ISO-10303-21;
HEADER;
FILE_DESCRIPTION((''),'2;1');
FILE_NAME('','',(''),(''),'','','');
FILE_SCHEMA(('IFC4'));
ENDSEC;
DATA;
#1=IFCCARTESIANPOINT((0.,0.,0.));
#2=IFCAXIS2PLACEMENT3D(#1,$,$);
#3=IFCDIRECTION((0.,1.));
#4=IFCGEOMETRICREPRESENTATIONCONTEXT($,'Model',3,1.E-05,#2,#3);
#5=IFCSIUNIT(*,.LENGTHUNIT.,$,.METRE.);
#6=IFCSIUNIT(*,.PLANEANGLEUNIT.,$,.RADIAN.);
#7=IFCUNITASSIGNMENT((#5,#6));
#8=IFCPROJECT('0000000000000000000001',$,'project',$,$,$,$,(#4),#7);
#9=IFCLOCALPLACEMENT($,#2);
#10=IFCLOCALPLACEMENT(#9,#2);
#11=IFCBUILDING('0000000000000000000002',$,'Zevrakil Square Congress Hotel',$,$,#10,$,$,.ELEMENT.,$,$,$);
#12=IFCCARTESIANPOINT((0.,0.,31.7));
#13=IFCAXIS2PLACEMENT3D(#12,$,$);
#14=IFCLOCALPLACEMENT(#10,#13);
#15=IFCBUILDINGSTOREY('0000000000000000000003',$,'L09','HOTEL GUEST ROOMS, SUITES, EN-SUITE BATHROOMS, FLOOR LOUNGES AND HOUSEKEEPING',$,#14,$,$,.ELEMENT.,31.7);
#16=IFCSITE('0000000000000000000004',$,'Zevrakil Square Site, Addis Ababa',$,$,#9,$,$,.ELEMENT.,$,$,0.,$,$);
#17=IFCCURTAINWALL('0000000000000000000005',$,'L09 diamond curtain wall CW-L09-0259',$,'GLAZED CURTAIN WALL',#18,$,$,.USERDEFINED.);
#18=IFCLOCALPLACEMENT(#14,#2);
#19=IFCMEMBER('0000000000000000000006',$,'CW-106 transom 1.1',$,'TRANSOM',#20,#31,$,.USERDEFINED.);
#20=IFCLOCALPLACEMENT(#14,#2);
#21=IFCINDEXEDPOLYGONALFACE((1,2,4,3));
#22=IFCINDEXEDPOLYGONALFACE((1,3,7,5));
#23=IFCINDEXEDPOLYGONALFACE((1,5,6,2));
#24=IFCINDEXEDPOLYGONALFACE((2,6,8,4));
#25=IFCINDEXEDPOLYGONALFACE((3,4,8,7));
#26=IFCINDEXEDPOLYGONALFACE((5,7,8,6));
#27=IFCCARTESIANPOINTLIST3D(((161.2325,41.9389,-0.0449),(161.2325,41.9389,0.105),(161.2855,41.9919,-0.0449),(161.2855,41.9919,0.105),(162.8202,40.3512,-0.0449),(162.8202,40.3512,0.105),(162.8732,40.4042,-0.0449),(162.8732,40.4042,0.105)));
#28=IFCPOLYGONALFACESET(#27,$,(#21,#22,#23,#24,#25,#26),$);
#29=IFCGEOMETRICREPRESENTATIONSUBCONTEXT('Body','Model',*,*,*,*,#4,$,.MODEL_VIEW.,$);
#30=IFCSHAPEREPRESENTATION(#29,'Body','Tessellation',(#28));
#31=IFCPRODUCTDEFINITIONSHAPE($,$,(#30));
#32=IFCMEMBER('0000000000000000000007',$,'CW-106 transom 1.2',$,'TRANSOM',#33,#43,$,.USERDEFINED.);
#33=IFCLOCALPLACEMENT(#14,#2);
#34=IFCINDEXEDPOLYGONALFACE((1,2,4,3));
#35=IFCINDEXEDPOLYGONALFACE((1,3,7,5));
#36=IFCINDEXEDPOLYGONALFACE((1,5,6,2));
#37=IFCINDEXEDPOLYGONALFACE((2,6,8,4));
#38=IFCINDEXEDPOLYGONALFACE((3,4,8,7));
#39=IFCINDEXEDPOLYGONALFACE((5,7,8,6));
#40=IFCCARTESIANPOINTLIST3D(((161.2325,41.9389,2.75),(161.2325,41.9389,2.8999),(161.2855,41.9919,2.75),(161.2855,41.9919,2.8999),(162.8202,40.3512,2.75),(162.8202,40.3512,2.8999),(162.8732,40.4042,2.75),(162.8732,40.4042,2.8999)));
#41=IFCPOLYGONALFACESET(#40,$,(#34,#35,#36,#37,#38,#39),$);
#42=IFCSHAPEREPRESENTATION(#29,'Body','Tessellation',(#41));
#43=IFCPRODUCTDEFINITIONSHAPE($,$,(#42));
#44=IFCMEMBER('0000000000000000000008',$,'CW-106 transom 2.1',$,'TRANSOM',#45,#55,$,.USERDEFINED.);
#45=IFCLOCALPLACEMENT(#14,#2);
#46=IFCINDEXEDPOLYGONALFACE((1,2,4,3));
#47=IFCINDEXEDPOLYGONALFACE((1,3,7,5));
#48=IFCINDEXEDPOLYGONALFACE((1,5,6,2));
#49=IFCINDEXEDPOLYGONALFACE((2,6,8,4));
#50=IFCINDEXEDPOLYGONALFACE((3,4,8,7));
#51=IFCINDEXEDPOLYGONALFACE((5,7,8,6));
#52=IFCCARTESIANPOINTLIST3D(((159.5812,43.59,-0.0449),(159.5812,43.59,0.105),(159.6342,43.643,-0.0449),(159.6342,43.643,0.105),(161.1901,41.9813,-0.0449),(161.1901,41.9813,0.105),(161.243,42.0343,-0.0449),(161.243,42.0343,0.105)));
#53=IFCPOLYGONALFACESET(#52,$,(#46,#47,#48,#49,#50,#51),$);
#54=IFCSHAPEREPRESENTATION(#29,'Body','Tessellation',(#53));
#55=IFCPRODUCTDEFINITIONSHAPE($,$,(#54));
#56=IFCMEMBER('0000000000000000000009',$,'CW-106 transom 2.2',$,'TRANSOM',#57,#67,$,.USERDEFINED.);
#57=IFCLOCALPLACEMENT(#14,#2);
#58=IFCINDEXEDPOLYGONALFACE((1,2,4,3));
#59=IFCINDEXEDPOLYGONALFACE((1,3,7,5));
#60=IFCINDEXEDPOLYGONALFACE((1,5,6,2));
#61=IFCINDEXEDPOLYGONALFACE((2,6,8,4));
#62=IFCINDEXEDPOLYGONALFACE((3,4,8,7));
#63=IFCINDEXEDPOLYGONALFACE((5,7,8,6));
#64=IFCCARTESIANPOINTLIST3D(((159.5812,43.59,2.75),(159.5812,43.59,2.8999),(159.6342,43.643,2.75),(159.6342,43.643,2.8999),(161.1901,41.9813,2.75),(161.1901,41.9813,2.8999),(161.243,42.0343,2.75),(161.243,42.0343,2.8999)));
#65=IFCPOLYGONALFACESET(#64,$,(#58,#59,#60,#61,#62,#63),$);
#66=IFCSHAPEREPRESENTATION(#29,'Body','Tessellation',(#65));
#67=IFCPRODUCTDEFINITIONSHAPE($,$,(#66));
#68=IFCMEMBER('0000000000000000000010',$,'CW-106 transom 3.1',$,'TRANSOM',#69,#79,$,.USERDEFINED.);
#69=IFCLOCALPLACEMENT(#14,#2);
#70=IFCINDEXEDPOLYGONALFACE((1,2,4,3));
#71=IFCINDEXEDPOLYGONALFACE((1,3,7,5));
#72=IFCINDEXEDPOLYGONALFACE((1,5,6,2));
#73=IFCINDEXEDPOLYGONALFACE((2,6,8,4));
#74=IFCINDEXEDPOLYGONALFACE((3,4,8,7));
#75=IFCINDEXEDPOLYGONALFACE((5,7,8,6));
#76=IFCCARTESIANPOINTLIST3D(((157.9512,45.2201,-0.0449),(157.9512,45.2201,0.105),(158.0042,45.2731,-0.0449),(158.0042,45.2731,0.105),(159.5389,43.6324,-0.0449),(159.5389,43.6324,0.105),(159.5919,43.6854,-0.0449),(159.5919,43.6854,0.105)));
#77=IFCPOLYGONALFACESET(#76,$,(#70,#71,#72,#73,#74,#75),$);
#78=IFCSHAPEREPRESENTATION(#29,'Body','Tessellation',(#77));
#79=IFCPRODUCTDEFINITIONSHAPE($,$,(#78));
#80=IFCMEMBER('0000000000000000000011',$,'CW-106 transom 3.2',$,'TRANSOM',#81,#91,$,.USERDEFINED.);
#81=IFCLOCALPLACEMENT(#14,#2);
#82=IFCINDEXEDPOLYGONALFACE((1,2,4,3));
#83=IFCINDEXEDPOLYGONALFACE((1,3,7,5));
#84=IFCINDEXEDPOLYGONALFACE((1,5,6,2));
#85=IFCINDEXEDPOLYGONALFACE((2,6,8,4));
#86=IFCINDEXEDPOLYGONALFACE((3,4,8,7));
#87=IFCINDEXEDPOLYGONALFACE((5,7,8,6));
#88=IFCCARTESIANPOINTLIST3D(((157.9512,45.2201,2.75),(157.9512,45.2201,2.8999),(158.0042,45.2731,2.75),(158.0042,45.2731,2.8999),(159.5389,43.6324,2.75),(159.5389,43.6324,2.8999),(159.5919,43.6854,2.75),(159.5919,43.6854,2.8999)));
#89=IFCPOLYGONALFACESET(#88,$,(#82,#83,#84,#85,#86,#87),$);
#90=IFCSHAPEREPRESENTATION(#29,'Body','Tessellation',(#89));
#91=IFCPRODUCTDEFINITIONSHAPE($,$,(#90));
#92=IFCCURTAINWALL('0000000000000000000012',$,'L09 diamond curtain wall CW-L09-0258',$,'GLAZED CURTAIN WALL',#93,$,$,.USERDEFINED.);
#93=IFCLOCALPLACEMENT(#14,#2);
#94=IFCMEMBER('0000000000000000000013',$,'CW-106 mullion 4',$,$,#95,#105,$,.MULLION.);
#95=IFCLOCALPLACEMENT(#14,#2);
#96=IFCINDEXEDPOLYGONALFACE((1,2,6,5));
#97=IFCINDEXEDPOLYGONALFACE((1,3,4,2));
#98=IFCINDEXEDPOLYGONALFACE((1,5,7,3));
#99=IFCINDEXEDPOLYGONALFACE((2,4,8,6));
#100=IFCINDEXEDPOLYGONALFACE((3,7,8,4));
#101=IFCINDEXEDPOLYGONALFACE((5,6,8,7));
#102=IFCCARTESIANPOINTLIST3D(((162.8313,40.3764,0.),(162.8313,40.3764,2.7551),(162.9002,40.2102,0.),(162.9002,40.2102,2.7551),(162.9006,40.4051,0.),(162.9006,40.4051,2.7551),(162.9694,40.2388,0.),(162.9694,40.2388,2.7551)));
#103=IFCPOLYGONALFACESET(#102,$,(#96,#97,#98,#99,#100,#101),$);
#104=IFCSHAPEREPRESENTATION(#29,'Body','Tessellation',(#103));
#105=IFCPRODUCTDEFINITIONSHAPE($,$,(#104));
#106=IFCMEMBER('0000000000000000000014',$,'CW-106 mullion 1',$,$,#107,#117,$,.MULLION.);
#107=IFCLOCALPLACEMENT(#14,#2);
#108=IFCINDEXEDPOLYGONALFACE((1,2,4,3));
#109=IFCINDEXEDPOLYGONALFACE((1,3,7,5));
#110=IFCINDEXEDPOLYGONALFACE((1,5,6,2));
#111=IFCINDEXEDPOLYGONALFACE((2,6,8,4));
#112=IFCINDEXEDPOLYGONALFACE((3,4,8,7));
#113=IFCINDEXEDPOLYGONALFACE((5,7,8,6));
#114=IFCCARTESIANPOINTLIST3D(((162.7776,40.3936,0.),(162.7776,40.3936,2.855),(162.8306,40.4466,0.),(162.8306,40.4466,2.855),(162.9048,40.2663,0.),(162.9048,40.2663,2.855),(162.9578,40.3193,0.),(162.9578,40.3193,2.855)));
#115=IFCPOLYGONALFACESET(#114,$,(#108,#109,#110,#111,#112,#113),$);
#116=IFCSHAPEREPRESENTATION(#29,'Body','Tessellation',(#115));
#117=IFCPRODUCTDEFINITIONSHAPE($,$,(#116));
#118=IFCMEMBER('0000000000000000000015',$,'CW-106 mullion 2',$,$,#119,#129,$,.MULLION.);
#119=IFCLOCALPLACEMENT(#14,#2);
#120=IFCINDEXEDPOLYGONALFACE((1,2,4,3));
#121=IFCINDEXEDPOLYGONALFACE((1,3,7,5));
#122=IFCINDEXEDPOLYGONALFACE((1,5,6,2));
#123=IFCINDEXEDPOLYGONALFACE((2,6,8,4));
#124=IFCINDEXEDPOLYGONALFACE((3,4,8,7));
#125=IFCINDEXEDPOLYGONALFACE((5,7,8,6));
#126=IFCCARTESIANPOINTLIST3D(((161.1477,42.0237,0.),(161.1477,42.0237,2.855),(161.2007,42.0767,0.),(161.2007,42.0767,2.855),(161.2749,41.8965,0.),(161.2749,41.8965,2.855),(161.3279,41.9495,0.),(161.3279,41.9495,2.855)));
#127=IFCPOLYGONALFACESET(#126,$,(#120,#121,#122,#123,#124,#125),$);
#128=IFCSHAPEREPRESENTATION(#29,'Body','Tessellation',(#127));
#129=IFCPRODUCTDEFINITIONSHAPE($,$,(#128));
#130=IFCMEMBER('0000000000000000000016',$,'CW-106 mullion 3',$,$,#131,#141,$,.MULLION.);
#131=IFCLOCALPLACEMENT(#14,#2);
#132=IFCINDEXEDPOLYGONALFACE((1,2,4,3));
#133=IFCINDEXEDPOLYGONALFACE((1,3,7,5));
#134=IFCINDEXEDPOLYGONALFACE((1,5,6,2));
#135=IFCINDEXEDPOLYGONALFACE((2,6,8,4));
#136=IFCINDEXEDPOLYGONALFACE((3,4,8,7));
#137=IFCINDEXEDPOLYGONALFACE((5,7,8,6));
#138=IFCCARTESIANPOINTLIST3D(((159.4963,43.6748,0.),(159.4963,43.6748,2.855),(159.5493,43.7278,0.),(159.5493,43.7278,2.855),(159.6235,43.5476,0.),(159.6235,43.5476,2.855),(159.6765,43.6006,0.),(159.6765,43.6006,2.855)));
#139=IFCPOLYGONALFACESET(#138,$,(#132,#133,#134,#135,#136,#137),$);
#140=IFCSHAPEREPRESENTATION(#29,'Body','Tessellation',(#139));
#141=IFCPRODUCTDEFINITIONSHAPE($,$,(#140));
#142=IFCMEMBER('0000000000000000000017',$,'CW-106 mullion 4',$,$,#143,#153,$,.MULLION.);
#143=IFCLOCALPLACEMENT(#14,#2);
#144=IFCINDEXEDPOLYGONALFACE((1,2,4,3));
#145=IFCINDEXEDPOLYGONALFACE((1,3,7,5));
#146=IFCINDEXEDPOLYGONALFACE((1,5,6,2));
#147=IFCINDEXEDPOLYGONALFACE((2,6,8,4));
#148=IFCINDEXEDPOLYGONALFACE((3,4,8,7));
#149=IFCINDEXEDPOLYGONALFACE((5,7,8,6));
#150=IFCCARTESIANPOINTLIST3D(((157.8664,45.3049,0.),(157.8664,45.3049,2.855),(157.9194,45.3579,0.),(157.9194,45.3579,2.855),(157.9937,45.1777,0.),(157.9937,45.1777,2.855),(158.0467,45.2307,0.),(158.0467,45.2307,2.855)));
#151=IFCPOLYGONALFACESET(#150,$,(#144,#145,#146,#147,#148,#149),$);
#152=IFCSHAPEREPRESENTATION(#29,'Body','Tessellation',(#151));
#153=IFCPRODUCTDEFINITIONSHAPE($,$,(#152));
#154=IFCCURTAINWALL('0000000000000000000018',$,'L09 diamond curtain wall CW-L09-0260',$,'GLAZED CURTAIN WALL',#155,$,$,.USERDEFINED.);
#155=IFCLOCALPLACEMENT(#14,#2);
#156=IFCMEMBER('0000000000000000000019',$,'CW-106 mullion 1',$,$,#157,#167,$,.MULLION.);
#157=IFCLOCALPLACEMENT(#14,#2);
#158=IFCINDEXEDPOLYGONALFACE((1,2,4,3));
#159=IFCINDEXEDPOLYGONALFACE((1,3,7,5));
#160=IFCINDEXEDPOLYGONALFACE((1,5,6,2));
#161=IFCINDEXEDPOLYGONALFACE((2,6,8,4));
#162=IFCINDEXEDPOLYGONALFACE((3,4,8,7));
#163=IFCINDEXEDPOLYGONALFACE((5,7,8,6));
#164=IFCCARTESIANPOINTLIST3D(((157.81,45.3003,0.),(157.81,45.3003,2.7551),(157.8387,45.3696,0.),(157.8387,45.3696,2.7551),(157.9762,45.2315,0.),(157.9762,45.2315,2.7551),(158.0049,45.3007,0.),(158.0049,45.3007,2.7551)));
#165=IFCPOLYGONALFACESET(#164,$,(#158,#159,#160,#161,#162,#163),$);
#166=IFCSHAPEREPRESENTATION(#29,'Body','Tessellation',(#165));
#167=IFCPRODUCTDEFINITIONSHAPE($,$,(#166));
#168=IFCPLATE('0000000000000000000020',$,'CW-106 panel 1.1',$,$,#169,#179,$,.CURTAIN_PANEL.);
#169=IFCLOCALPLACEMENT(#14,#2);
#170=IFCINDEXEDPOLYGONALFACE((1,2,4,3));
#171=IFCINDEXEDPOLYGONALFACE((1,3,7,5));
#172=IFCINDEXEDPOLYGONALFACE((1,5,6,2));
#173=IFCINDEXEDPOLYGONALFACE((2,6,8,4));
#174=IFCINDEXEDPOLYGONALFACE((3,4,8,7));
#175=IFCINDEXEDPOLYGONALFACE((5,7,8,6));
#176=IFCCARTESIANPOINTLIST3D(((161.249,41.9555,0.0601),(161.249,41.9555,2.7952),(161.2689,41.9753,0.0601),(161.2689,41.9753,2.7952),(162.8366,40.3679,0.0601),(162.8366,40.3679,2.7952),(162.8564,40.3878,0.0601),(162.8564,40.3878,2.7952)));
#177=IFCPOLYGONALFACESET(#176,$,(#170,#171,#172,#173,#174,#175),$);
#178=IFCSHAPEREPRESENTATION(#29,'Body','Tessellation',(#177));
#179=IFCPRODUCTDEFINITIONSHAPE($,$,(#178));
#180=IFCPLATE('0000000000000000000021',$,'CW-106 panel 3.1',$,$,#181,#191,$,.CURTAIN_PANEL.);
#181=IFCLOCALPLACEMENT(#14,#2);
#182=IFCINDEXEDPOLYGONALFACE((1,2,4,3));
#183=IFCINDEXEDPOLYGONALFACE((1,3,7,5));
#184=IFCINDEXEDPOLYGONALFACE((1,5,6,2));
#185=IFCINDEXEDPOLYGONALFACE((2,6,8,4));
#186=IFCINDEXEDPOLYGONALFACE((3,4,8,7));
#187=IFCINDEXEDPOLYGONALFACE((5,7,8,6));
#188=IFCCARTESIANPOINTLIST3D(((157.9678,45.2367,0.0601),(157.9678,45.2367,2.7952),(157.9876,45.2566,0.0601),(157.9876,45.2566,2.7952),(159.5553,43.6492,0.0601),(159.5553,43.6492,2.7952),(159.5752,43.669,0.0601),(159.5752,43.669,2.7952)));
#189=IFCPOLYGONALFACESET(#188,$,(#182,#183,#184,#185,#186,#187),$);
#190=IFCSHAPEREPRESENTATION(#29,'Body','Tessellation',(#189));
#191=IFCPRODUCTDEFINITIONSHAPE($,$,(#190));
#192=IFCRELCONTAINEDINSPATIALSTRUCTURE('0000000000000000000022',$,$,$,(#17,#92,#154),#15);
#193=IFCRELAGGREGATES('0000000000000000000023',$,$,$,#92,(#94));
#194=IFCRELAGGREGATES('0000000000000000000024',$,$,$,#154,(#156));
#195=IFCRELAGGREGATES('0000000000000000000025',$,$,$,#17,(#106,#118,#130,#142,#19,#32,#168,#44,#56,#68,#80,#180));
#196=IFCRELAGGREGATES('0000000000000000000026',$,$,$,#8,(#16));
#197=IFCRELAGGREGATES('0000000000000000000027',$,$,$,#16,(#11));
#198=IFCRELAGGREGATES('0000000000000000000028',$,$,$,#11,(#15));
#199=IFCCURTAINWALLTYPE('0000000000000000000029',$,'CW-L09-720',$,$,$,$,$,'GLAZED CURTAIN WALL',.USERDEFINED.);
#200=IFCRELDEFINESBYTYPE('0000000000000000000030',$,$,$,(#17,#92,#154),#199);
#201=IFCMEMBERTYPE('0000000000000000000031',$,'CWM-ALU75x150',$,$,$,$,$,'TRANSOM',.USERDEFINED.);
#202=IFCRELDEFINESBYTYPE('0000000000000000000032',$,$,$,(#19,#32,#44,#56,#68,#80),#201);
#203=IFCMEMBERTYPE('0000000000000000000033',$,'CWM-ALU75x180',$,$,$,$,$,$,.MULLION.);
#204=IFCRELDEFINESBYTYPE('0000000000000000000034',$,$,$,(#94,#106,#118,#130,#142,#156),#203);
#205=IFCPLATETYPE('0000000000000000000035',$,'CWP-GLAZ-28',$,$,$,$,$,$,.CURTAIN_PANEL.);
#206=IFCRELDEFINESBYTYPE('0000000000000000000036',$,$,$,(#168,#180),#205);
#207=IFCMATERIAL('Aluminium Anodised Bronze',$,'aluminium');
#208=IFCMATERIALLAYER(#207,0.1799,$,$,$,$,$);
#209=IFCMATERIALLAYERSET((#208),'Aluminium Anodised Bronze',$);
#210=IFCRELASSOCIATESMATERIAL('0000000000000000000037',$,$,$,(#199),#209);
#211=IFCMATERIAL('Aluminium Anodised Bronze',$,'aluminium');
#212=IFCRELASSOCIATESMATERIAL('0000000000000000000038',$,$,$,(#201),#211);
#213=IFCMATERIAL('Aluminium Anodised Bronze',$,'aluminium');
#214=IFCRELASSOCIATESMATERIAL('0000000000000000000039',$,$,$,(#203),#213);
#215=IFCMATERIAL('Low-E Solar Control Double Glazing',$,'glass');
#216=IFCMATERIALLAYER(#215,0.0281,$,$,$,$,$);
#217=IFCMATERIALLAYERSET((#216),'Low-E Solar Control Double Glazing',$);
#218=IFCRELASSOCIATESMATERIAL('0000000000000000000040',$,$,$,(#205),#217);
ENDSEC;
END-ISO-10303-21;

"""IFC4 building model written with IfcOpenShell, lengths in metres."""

from ifc_helpers import new_model, si_unit, direction, frame, origin, origin_2d, place, context, subcontext, project, spatial, rectangle, extrude, material, layer, layer_set, material_profile, profile_set, type_object, element, aggregate, save


model = new_model("IFC4")

# Units and contexts
model_context = context("Model", 3, precision=1e-05, world=origin(), true_north=direction((0.0, 1.0)))
body_context = subcontext(model_context, "Body", "Model", "MODEL_VIEW")
ifc_project = project(units=[si_unit("LENGTHUNIT", "METRE"), si_unit("PLANEANGLEUNIT", "RADIAN")], contexts=[model_context])

# Site, building, storey
site_placement = place(None, origin())
site = spatial("IfcSite", under=ifc_project, at=site_placement, Name="Zevrakil Square Site, Addis Ababa", CompositionType="ELEMENT", RefElevation=0.0)
building_placement = place(site_placement, origin())
building = spatial("IfcBuilding", under=site, at=building_placement, Name="Zevrakil Square Congress Hotel", CompositionType="ELEMENT")
storey_placement = place(building_placement, frame((0.0, 0.0, 31.7)))
storey = spatial("IfcBuildingStorey", under=building, at=storey_placement, Name="L09", Description="HOTEL GUEST ROOMS, SUITES, EN-SUITE BATHROOMS, FLOOR LOUNGES AND HOUSEKEEPING", CompositionType="ELEMENT", Elevation=31.7)

# Curtain wall, members
ifc_material_1 = material(Name="Aluminium Anodised Bronze", Category="aluminium")
ifc_layer_1 = layer(ifc_material_1, 0.1799)
ifc_layer_set_1 = layer_set([ifc_layer_1], Name="Aluminium Anodised Bronze")
curtain_wall_type = type_object("IfcCurtainWallType", Name="CW-L09-720", ElementType="GLAZED CURTAIN WALL", PredefinedType="USERDEFINED", material=ifc_layer_set_1)
curtain_wall_1_placement = place(storey_placement, origin())
curtain_wall_1 = element("IfcCurtainWall", 1, at=curtain_wall_1_placement, inside=storey, type_object=curtain_wall_type, Name="L09 diamond curtain wall CW-L09-0259", ObjectType="GLAZED CURTAIN WALL", PredefinedType="USERDEFINED")
ifc_material_2 = material(Name="Aluminium Anodised Bronze", Category="aluminium")
ifc_material_profile_1 = material_profile(ifc_material_2, rectangle(XDim=0.075, YDim=0.1499, at=origin_2d()), Name="ALU 75x150")
ifc_profile_set_1 = profile_set([ifc_material_profile_1], Name="Aluminium Anodised Bronze")
member_type_1 = type_object("IfcMemberType", Name="CWM-ALU75x150", ElementType="TRANSOM", PredefinedType="USERDEFINED", material=ifc_profile_set_1)
member_1_placement = place(storey_placement, frame((162.8467, 40.3777, 0.03), z_axis=(-0.707107, 0.707107, 0.0), x_axis=(-0.707107, -0.707107, 0.0)))
member_1 = element("IfcMember", 2, at=member_1_placement, type_object=member_type_1, Name="CW-106 transom 1.1", ObjectType="TRANSOM", PredefinedType="USERDEFINED", context=body_context, shape_type="SweptSolid", body=[
    extrude(rectangle(XDim=0.075, YDim=0.1499, at=origin_2d()), origin(), (0.0, 0.0, 1.0), 2.2454),
])
member_2_placement = place(storey_placement, frame((162.8467, 40.3777, 2.825), z_axis=(-0.707107, 0.707107, 0.0), x_axis=(-0.707107, -0.707107, 0.0)))
member_2 = element("IfcMember", 3, at=member_2_placement, type_object=member_type_1, Name="CW-106 transom 1.2", ObjectType="TRANSOM", PredefinedType="USERDEFINED", context=body_context, shape_type="SweptSolid", body=[
    extrude(rectangle(XDim=0.075, YDim=0.1499, at=origin_2d()), origin(), (0.0, 0.0, 1.0), 2.2454),
])
member_3_placement = place(storey_placement, frame((161.2166, 42.0078, 0.03), z_axis=(-0.70716, 0.707053, 0.0), x_axis=(-0.707053, -0.70716, 0.0)))
member_3 = element("IfcMember", 4, at=member_3_placement, type_object=member_type_1, Name="CW-106 transom 2.1", ObjectType="TRANSOM", PredefinedType="USERDEFINED", context=body_context, shape_type="SweptSolid", body=[
    extrude(rectangle(XDim=0.075, YDim=0.1499, at=origin_2d()), origin(), (0.0, 0.0, 1.0), 2.2751),
])
member_4_placement = place(storey_placement, frame((161.2166, 42.0078, 2.825), z_axis=(-0.70716, 0.707053, 0.0), x_axis=(-0.707053, -0.70716, 0.0)))
member_4 = element("IfcMember", 5, at=member_4_placement, type_object=member_type_1, Name="CW-106 transom 2.2", ObjectType="TRANSOM", PredefinedType="USERDEFINED", context=body_context, shape_type="SweptSolid", body=[
    extrude(rectangle(XDim=0.075, YDim=0.1499, at=origin_2d()), origin(), (0.0, 0.0, 1.0), 2.2751),
])
member_5_placement = place(storey_placement, frame((159.5654, 43.6589, 0.03), z_axis=(-0.707107, 0.707107, 0.0), x_axis=(-0.707107, -0.707107, 0.0)))
member_5 = element("IfcMember", 6, at=member_5_placement, type_object=member_type_1, Name="CW-106 transom 3.1", ObjectType="TRANSOM", PredefinedType="USERDEFINED", context=body_context, shape_type="SweptSolid", body=[
    extrude(rectangle(XDim=0.075, YDim=0.1499, at=origin_2d()), origin(), (0.0, 0.0, 1.0), 2.2454),
])
member_6_placement = place(storey_placement, frame((159.5654, 43.6589, 2.825), z_axis=(-0.707107, 0.707107, 0.0), x_axis=(-0.707107, -0.707107, 0.0)))
member_6 = element("IfcMember", 7, at=member_6_placement, type_object=member_type_1, Name="CW-106 transom 3.2", ObjectType="TRANSOM", PredefinedType="USERDEFINED", context=body_context, shape_type="SweptSolid", body=[
    extrude(rectangle(XDim=0.075, YDim=0.1499, at=origin_2d()), origin(), (0.0, 0.0, 1.0), 2.2454),
])

# Curtain wall, member
curtain_wall_2_placement = place(storey_placement, origin())
curtain_wall_2 = element("IfcCurtainWall", 8, at=curtain_wall_2_placement, inside=storey, type_object=curtain_wall_type, Name="L09 diamond curtain wall CW-L09-0258", ObjectType="GLAZED CURTAIN WALL", PredefinedType="USERDEFINED")
ifc_material_3 = material(Name="Aluminium Anodised Bronze", Category="aluminium")
ifc_material_profile_2 = material_profile(ifc_material_3, rectangle(XDim=0.075, YDim=0.1799, at=origin_2d()), Name="ALU 75x180")
ifc_profile_set_2 = profile_set([ifc_material_profile_2], Name="Aluminium Anodised Bronze")
member_type_2 = type_object("IfcMemberType", Name="CWM-ALU75x180", PredefinedType="MULLION", material=ifc_profile_set_2)
member_7_placement = place(storey_placement, frame((162.9004, 40.3076, 0.0), z_axis=(0.0, 0.0, 1.0), x_axis=(-0.923879, -0.382684, 0.0)))
member_7 = element("IfcMember", 9, at=member_7_placement, type_object=member_type_2, Name="CW-106 mullion 4", PredefinedType="MULLION", context=body_context, shape_type="SweptSolid", body=[
    extrude(rectangle(XDim=0.075, YDim=0.1799, at=origin_2d()), origin(), (0.0, 0.0, 1.0), 2.7551),
])
aggregate(curtain_wall_2, [member_7])

# Members
member_8_placement = place(storey_placement, frame((162.8677, 40.3564, 0.0), z_axis=(0.0, 0.0, 1.0), x_axis=(-0.707107, -0.707107, 0.0)))
member_8 = element("IfcMember", 10, at=member_8_placement, type_object=member_type_2, Name="CW-106 mullion 1", PredefinedType="MULLION", context=body_context, shape_type="SweptSolid", body=[
    extrude(rectangle(XDim=0.075, YDim=0.1799, at=origin_2d()), origin(), (0.0, 0.0, 1.0), 2.855),
])
member_9_placement = place(storey_placement, frame((161.2378, 41.9866, 0.0), z_axis=(0.0, 0.0, 1.0), x_axis=(-0.707107, -0.707107, 0.0)))
member_9 = element("IfcMember", 11, at=member_9_placement, type_object=member_type_2, Name="CW-106 mullion 2", PredefinedType="MULLION", context=body_context, shape_type="SweptSolid", body=[
    extrude(rectangle(XDim=0.075, YDim=0.1799, at=origin_2d()), origin(), (0.0, 0.0, 1.0), 2.855),
])
member_10_placement = place(storey_placement, frame((159.5864, 43.6377, 0.0), z_axis=(0.0, 0.0, 1.0), x_axis=(-0.707107, -0.707107, 0.0)))
member_10 = element("IfcMember", 12, at=member_10_placement, type_object=member_type_2, Name="CW-106 mullion 3", PredefinedType="MULLION", context=body_context, shape_type="SweptSolid", body=[
    extrude(rectangle(XDim=0.075, YDim=0.1799, at=origin_2d()), origin(), (0.0, 0.0, 1.0), 2.855),
])
member_11_placement = place(storey_placement, frame((157.9565, 45.2678, 0.0), z_axis=(0.0, 0.0, 1.0), x_axis=(-0.707107, -0.707107, 0.0)))
member_11 = element("IfcMember", 13, at=member_11_placement, type_object=member_type_2, Name="CW-106 mullion 4", PredefinedType="MULLION", context=body_context, shape_type="SweptSolid", body=[
    extrude(rectangle(XDim=0.075, YDim=0.1799, at=origin_2d()), origin(), (0.0, 0.0, 1.0), 2.855),
])

# Curtain wall, member
curtain_wall_3_placement = place(storey_placement, origin())
curtain_wall_3 = element("IfcCurtainWall", 14, at=curtain_wall_3_placement, inside=storey, type_object=curtain_wall_type, Name="L09 diamond curtain wall CW-L09-0260", ObjectType="GLAZED CURTAIN WALL", PredefinedType="USERDEFINED")
member_12_placement = place(storey_placement, frame((157.9075, 45.3005, 0.0), z_axis=(0.0, 0.0, 1.0), x_axis=(-0.382684, -0.923879, 0.0)))
member_12 = element("IfcMember", 15, at=member_12_placement, type_object=member_type_2, Name="CW-106 mullion 1", PredefinedType="MULLION", context=body_context, shape_type="SweptSolid", body=[
    extrude(rectangle(XDim=0.075, YDim=0.1799, at=origin_2d()), origin(), (0.0, 0.0, 1.0), 2.7551),
])
aggregate(curtain_wall_3, [member_12])

# Plates
ifc_material_4 = material(Name="Low-E Solar Control Double Glazing", Category="glass")
ifc_layer_2 = layer(ifc_material_4, 0.0281)
ifc_layer_set_2 = layer_set([ifc_layer_2], Name="Low-E Solar Control Double Glazing")
plate_type_1 = type_object("IfcPlateType", Name="CWP-GLAZ-28", PredefinedType="CURTAIN_PANEL", material=ifc_layer_set_2)
plate_1_placement = place(storey_placement, frame((162.0527, 41.1716, 0.0601), z_axis=(0.0, 0.0, 1.0), x_axis=(-0.707107, 0.707107, 0.0)))
plate_1 = element("IfcPlate", 16, at=plate_1_placement, type_object=plate_type_1, Name="CW-106 panel 1.1", PredefinedType="CURTAIN_PANEL", context=body_context, shape_type="SweptSolid", body=[
    extrude(rectangle(XDim=2.2451, YDim=0.0281, at=origin_2d()), origin(), (0.0, 0.0, 1.0), 2.7351),
])
plate_2_placement = place(storey_placement, frame((158.7715, 44.4529, 0.0601), z_axis=(0.0, 0.0, 1.0), x_axis=(-0.707107, 0.707107, 0.0)))
plate_2 = element("IfcPlate", 17, at=plate_2_placement, type_object=plate_type_1, Name="CW-106 panel 3.1", PredefinedType="CURTAIN_PANEL", context=body_context, shape_type="SweptSolid", body=[
    extrude(rectangle(XDim=2.2451, YDim=0.0281, at=origin_2d()), origin(), (0.0, 0.0, 1.0), 2.7351),
])
aggregate(curtain_wall_1, [member_8, member_9, member_10, member_11, member_1, member_2, plate_1, member_3, member_4, member_5, member_6, plate_2])

save(model, "model.ifc")
